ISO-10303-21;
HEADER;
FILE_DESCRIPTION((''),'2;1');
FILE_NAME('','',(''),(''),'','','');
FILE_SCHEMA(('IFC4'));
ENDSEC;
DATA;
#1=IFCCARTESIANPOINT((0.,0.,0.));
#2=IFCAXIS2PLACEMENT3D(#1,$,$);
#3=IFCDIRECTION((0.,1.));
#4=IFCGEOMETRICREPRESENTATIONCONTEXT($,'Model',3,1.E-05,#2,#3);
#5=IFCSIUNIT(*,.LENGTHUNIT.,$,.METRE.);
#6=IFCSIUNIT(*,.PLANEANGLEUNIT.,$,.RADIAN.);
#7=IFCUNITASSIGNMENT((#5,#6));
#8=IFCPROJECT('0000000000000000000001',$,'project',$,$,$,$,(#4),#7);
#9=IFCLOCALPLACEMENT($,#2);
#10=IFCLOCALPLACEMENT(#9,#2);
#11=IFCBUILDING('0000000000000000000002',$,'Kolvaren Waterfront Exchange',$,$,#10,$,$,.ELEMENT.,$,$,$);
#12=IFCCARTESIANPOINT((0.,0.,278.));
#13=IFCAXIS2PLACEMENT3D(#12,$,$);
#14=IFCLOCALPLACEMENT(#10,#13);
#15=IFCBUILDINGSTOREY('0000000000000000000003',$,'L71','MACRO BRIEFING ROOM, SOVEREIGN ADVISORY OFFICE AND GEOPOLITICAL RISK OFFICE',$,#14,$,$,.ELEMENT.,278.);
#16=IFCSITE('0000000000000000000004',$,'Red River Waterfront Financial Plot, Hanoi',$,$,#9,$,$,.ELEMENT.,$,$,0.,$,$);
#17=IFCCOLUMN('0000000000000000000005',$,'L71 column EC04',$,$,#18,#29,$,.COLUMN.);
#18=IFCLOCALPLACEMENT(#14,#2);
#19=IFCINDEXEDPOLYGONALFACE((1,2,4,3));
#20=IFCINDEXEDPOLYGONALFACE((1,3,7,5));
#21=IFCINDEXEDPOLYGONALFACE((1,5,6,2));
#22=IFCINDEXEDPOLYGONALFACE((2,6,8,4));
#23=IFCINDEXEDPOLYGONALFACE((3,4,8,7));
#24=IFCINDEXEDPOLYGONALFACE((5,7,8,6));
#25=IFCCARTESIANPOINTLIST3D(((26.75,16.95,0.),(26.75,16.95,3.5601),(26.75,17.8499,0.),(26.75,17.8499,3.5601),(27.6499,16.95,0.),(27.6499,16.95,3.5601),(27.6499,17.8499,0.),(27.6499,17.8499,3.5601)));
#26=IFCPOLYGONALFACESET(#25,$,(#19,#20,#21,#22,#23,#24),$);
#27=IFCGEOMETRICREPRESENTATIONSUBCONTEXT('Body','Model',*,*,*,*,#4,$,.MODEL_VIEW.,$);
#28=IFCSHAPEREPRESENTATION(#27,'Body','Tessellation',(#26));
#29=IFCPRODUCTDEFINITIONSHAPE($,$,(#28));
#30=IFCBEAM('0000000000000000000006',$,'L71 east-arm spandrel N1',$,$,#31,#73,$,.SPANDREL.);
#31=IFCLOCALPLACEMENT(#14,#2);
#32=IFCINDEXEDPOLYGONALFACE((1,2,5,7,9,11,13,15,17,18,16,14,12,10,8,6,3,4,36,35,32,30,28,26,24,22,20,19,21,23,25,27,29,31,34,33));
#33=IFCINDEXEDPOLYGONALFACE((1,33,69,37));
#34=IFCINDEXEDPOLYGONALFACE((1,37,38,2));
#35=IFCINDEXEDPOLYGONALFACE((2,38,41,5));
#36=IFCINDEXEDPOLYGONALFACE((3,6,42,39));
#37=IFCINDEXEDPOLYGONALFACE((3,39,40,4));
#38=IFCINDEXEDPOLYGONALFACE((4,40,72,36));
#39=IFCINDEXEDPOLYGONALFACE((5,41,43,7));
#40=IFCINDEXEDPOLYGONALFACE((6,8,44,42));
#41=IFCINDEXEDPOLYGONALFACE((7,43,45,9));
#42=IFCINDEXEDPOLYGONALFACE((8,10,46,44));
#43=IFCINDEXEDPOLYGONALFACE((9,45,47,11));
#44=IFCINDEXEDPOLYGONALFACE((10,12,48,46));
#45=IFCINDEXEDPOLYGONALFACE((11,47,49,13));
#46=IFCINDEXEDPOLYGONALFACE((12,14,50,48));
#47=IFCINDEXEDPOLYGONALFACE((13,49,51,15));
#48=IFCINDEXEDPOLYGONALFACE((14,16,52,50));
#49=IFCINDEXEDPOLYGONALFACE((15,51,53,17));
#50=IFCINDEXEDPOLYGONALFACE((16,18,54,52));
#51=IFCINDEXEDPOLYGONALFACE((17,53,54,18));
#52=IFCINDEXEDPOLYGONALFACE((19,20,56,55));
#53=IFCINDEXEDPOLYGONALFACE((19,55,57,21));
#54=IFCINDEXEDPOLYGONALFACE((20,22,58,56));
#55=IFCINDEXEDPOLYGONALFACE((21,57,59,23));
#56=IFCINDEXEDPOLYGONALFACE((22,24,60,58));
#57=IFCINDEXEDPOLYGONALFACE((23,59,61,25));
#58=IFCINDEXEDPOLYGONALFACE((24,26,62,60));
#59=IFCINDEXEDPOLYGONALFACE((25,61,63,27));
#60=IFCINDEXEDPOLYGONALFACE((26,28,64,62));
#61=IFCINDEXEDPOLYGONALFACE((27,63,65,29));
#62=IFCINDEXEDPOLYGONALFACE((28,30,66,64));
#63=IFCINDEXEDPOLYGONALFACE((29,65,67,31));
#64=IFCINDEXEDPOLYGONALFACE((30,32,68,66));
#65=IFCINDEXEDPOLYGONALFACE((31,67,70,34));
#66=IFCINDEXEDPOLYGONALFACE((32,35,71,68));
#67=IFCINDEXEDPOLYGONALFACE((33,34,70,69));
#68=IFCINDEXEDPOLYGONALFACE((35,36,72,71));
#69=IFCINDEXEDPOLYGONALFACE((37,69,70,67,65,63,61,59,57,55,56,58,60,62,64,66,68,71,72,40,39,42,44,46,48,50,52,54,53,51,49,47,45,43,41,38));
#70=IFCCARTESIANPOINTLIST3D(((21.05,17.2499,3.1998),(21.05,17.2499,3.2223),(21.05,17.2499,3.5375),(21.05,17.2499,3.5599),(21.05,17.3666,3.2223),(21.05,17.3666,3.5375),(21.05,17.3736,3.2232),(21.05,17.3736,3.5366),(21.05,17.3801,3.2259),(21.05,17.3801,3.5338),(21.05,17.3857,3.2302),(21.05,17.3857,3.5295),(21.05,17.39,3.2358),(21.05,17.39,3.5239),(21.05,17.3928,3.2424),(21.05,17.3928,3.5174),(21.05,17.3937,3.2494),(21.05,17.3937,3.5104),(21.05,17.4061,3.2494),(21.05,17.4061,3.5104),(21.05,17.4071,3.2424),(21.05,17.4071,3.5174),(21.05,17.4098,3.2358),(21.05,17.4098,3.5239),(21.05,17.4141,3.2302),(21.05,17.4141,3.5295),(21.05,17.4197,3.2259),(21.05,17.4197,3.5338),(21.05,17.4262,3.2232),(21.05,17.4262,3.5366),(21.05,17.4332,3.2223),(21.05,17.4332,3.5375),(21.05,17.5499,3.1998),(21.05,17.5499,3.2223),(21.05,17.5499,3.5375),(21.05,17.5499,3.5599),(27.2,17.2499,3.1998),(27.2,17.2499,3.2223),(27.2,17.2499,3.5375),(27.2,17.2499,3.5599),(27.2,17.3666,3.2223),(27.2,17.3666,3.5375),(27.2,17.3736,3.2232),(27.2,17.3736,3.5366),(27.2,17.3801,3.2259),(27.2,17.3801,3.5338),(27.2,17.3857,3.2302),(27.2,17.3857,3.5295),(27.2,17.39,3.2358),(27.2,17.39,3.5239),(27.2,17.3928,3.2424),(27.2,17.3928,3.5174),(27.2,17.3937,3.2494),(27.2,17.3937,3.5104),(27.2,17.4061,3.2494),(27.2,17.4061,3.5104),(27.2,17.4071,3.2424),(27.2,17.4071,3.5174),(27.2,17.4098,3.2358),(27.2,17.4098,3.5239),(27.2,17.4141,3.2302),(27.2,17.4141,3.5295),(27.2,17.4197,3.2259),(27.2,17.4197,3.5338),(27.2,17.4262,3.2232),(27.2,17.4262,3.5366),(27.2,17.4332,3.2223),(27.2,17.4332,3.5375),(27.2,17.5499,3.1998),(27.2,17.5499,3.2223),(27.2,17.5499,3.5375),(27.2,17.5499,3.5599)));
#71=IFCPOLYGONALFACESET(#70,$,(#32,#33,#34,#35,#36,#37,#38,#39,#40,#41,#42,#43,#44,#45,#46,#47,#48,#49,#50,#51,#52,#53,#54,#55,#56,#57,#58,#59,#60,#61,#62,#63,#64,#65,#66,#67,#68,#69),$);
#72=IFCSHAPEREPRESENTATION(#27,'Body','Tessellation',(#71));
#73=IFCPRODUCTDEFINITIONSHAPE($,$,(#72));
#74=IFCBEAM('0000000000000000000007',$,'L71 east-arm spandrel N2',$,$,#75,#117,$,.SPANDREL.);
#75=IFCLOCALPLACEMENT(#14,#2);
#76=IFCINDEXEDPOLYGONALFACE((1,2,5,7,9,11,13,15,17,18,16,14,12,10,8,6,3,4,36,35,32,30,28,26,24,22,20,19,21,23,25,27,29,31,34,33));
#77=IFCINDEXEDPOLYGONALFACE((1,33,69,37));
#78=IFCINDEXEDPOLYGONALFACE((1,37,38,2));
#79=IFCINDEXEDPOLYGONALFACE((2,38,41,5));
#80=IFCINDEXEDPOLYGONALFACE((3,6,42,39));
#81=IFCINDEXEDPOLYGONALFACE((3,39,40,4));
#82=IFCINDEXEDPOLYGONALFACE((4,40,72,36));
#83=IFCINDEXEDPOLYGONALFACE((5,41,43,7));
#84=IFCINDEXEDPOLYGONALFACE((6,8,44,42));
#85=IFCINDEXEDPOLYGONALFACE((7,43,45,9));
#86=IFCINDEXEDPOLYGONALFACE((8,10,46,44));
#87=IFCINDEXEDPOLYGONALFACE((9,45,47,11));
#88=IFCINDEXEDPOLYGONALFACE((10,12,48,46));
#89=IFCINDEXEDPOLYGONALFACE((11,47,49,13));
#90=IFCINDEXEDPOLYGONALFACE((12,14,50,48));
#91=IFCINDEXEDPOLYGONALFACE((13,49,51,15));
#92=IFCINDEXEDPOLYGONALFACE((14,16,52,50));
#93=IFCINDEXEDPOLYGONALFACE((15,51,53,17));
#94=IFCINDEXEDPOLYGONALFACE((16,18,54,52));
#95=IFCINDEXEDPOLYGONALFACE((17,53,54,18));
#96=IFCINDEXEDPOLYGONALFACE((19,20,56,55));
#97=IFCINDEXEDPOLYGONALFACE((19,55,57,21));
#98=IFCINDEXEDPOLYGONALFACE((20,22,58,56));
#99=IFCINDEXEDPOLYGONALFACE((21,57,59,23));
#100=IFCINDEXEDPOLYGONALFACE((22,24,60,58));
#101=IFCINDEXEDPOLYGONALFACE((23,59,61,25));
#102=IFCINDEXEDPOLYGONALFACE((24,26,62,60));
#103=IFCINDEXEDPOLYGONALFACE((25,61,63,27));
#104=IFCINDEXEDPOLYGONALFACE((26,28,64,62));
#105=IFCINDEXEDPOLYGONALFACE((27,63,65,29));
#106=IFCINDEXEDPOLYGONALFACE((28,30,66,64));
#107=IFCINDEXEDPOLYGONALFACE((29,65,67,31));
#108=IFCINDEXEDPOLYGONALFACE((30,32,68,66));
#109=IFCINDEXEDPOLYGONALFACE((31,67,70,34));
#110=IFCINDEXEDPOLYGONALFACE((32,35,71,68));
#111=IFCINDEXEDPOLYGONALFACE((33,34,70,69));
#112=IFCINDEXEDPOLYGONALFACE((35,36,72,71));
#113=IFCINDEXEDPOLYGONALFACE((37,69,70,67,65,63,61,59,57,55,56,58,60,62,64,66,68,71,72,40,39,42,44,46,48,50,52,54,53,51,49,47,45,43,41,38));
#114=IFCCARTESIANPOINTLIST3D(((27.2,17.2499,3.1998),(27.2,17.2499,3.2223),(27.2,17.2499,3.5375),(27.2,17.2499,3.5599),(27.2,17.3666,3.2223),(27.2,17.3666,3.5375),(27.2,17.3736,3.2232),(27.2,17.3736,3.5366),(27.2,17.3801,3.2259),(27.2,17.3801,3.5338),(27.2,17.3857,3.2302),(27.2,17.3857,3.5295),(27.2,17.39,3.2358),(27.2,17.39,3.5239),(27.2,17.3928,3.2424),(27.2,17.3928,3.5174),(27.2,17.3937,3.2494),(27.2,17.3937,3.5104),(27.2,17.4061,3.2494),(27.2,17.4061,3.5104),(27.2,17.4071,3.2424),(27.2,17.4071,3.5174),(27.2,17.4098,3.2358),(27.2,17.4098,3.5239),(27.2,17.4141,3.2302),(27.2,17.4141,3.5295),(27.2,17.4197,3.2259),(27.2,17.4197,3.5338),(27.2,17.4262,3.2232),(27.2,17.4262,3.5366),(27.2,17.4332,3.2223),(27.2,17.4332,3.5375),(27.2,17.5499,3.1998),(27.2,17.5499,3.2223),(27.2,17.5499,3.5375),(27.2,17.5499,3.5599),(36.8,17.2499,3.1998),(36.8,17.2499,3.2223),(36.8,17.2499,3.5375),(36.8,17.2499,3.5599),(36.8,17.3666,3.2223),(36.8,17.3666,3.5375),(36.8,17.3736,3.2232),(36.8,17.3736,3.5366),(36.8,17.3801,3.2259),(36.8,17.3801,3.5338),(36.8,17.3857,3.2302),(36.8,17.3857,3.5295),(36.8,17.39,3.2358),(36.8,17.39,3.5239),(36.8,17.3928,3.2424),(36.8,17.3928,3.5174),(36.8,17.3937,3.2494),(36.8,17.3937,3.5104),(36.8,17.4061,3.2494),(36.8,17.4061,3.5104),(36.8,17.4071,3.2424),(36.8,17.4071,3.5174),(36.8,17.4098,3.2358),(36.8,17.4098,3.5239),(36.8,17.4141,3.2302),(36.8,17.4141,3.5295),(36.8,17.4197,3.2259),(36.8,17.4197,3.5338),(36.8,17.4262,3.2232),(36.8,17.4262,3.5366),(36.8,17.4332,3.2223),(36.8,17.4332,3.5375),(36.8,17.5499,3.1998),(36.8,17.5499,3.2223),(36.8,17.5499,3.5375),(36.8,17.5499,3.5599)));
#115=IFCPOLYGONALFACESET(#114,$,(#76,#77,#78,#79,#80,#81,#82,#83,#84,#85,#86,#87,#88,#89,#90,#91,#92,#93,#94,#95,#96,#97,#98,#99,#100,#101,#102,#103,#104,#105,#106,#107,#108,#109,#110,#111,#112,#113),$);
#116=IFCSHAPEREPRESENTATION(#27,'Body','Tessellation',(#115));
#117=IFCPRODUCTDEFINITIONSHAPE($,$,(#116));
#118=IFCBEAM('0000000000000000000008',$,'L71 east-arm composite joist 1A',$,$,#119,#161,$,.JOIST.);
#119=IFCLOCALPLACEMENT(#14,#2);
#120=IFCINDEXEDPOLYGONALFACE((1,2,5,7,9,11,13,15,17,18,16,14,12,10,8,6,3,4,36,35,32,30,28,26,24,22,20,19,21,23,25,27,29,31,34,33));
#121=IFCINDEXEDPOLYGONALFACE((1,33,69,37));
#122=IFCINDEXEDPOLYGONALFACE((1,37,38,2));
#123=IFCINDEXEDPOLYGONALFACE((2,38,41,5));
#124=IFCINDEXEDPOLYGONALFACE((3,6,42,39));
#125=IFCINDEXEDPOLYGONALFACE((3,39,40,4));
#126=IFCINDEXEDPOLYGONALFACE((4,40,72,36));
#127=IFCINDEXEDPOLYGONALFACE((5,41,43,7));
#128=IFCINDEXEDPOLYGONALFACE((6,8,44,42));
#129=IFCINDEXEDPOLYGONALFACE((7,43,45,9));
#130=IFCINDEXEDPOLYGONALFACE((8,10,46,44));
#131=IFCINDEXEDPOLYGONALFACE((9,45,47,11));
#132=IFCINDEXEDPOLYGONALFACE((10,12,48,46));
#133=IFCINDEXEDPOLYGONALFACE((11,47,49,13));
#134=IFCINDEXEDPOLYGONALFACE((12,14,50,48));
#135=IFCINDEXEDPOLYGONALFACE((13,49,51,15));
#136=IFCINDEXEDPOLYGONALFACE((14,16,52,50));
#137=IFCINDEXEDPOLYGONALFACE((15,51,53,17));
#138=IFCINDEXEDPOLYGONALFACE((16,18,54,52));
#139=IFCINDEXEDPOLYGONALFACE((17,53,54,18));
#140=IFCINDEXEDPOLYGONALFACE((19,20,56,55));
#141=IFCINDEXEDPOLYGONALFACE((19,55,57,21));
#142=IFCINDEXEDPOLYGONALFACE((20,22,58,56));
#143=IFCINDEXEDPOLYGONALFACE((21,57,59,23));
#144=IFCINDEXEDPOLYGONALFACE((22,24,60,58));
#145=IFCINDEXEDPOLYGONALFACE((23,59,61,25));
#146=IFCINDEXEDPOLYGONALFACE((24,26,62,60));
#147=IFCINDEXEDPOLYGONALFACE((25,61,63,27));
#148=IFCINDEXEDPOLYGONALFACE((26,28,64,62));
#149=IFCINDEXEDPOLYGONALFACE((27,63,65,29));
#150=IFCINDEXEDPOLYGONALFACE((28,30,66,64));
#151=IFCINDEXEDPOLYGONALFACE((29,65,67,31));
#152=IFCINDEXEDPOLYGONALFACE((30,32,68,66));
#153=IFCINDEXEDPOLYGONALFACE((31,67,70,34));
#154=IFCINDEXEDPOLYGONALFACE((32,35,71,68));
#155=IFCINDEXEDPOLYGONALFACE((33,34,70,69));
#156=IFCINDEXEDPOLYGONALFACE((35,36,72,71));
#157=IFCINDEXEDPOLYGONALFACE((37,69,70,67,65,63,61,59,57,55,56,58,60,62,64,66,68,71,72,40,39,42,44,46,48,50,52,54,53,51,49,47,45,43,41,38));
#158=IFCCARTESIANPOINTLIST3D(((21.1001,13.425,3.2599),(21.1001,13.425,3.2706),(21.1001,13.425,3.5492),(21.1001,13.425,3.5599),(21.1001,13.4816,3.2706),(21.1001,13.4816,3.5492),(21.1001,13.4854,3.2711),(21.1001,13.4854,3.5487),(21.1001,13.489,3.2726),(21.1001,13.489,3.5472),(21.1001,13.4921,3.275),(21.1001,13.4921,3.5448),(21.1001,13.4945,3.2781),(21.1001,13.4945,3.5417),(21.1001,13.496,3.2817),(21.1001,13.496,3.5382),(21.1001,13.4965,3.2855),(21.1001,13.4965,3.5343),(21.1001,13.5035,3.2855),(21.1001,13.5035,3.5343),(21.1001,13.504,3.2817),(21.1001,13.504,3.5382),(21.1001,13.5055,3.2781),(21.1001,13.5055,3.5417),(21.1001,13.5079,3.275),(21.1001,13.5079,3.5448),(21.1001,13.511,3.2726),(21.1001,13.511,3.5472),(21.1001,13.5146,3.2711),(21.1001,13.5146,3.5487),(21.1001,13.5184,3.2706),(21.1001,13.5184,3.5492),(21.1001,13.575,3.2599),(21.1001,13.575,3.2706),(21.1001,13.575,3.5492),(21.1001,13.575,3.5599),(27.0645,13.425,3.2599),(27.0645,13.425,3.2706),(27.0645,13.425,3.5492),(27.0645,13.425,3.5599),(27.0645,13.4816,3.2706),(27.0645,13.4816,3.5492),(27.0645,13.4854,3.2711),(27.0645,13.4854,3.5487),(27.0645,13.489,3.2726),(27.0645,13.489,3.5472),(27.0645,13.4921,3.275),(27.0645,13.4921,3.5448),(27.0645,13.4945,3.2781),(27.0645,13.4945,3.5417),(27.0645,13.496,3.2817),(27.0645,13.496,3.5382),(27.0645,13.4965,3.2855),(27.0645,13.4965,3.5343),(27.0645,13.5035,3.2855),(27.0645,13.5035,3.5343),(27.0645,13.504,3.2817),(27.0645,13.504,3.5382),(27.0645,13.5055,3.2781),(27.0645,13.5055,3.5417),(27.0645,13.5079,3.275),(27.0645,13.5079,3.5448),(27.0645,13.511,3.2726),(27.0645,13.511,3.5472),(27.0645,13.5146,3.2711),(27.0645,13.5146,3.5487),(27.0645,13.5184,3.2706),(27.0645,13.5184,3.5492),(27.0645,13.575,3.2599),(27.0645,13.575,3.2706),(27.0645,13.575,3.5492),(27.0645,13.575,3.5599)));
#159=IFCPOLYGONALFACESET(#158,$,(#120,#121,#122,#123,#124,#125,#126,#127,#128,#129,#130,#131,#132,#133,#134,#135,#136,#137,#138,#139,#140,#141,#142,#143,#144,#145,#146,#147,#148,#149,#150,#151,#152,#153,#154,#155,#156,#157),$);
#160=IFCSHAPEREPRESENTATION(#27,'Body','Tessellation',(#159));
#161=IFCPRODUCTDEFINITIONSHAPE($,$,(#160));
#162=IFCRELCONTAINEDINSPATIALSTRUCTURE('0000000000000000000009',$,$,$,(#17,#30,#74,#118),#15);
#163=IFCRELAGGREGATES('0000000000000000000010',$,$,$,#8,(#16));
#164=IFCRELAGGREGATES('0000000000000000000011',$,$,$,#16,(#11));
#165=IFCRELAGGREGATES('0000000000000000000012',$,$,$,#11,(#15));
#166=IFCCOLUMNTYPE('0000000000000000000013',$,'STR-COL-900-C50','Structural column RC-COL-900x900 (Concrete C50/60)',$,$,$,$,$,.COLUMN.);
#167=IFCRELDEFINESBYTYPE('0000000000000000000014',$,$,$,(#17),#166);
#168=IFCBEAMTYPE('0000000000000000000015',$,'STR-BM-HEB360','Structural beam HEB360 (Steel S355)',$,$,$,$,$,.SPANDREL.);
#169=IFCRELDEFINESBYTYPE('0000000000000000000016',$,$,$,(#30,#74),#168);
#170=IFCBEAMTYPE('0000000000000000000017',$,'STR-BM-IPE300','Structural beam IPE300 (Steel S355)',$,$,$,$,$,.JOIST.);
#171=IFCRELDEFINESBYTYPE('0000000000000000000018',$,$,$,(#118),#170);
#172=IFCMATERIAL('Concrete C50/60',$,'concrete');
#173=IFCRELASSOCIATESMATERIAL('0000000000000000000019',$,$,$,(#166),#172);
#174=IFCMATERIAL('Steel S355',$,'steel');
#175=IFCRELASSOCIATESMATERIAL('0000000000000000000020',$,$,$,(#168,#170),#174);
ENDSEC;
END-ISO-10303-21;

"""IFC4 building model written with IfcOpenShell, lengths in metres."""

from ifc_helpers import new_model, si_unit, direction, frame, origin, origin_2d, place, context, subcontext, project, spatial, rectangle, i_section, extrude, material, material_profile, profile_set, type_object, element, save


model = new_model("IFC4")

# Units and contexts
model_context = context("Model", 3, precision=1e-05, world=origin(), true_north=direction((0.0, 1.0)))
body_context = subcontext(model_context, "Body", "Model", "MODEL_VIEW")
ifc_project = project(units=[si_unit("LENGTHUNIT", "METRE"), si_unit("PLANEANGLEUNIT", "RADIAN")], contexts=[model_context])

# Site, building, storey
site_placement = place(None, origin())
site = spatial("IfcSite", under=ifc_project, at=site_placement, Name="Red River Waterfront Financial Plot, Hanoi", CompositionType="ELEMENT", RefElevation=0.0)
building_placement = place(site_placement, origin())
building = spatial("IfcBuilding", under=site, at=building_placement, Name="Kolvaren Waterfront Exchange", CompositionType="ELEMENT")
storey_placement = place(building_placement, frame((0.0, 0.0, 278.0)))
storey = spatial("IfcBuildingStorey", under=building, at=storey_placement, Name="L71", Description="MACRO BRIEFING ROOM, SOVEREIGN ADVISORY OFFICE AND GEOPOLITICAL RISK OFFICE", CompositionType="ELEMENT", Elevation=278.0)

# Column
ifc_material_1 = material(Name="Concrete C50/60", Category="concrete")
ifc_material_profile_1 = material_profile(ifc_material_1, rectangle(XDim=0.8999, YDim=0.8999, at=origin_2d()), Name="RC-COL-900x900")
ifc_profile_set_1 = profile_set([ifc_material_profile_1], Name="Concrete C50/60")
column_type = type_object("IfcColumnType", Name="STR-COL-900-C50", Description="Structural column RC-COL-900x900 (Concrete C50/60)", PredefinedType="COLUMN", material=ifc_profile_set_1)
column_placement = place(storey_placement, frame((27.2, 17.3999, 0.0), z_axis=(0.0, 0.0, 1.0), x_axis=(1.0, 0.0, 0.0)))
element("IfcColumn", 1, at=column_placement, inside=storey, type_object=column_type, Name="L71 column EC04", PredefinedType="COLUMN", context=body_context, shape_type="SweptSolid", body=[
    extrude(rectangle(XDim=0.8999, YDim=0.8999, at=origin_2d()), origin(), (0.0, 0.0, 1.0), 3.5601),
])

# Beams
ifc_material_2 = material(Name="Steel S355", Category="steel")
ifc_material_profile_2 = material_profile(ifc_material_2, i_section(OverallWidth=0.3, OverallDepth=0.3601, WebThickness=0.0125, FlangeThickness=0.0225, FilletRadius=0.0271, at=origin_2d()), Name="HEB360")
ifc_profile_set_2 = profile_set([ifc_material_profile_2], Name="Steel S355")
beam_type_1 = type_object("IfcBeamType", Name="STR-BM-HEB360", Description="Structural beam HEB360 (Steel S355)", PredefinedType="SPANDREL", material=ifc_profile_set_2)
beam_1_placement = place(storey_placement, frame((21.05, 17.3999, 3.3799), z_axis=(1.0, 0.0, 0.0), x_axis=(0.0, 1.0, 0.0)))
element("IfcBeam", 2, at=beam_1_placement, inside=storey, type_object=beam_type_1, Name="L71 east-arm spandrel N1", PredefinedType="SPANDREL", context=body_context, shape_type="SweptSolid", body=[
    extrude(i_section(OverallWidth=0.3, OverallDepth=0.3601, WebThickness=0.0125, FlangeThickness=0.0225, FilletRadius=0.0271, at=origin_2d()), origin(), (0.0, 0.0, 1.0), 6.1499),
])
beam_2_placement = place(storey_placement, frame((27.2, 17.3999, 3.3799), z_axis=(1.0, 0.0, 0.0), x_axis=(0.0, 1.0, 0.0)))
element("IfcBeam", 3, at=beam_2_placement, inside=storey, type_object=beam_type_1, Name="L71 east-arm spandrel N2", PredefinedType="SPANDREL", context=body_context, shape_type="SweptSolid", body=[
    extrude(i_section(OverallWidth=0.3, OverallDepth=0.3601, WebThickness=0.0125, FlangeThickness=0.0225, FilletRadius=0.0271, at=origin_2d()), origin(), (0.0, 0.0, 1.0), 9.6001),
])
ifc_material_profile_3 = material_profile(ifc_material_2, i_section(OverallWidth=0.1499, OverallDepth=0.3, WebThickness=0.0071, FlangeThickness=0.0107, FilletRadius=0.0149, at=origin_2d()), Name="IPE300")
ifc_profile_set_3 = profile_set([ifc_material_profile_3], Name="Steel S355")
beam_type_2 = type_object("IfcBeamType", Name="STR-BM-IPE300", Description="Structural beam IPE300 (Steel S355)", PredefinedType="JOIST", material=ifc_profile_set_3)
for number, where, z_axis, x_axis, name in (
    (4, (21.1001, 13.5, 3.4099), (1.0, 0.0, 0.0), (0.0, 1.0, 0.0), "L71 east-arm composite joist 1A"),
):
    element("IfcBeam", number, at=place(storey_placement, frame(where, z_axis=z_axis, x_axis=x_axis)), inside=storey, type_object=beam_type_2, Name=name, PredefinedType="JOIST", context=body_context, shape_type="SweptSolid", body=[
        extrude(i_section(OverallWidth=0.1499, OverallDepth=0.3, WebThickness=0.0071, FlangeThickness=0.0107, FilletRadius=0.0149, at=origin_2d()), origin(), (0.0, 0.0, 1.0), 5.9644),
    ])

save(model, "model.ifc")
